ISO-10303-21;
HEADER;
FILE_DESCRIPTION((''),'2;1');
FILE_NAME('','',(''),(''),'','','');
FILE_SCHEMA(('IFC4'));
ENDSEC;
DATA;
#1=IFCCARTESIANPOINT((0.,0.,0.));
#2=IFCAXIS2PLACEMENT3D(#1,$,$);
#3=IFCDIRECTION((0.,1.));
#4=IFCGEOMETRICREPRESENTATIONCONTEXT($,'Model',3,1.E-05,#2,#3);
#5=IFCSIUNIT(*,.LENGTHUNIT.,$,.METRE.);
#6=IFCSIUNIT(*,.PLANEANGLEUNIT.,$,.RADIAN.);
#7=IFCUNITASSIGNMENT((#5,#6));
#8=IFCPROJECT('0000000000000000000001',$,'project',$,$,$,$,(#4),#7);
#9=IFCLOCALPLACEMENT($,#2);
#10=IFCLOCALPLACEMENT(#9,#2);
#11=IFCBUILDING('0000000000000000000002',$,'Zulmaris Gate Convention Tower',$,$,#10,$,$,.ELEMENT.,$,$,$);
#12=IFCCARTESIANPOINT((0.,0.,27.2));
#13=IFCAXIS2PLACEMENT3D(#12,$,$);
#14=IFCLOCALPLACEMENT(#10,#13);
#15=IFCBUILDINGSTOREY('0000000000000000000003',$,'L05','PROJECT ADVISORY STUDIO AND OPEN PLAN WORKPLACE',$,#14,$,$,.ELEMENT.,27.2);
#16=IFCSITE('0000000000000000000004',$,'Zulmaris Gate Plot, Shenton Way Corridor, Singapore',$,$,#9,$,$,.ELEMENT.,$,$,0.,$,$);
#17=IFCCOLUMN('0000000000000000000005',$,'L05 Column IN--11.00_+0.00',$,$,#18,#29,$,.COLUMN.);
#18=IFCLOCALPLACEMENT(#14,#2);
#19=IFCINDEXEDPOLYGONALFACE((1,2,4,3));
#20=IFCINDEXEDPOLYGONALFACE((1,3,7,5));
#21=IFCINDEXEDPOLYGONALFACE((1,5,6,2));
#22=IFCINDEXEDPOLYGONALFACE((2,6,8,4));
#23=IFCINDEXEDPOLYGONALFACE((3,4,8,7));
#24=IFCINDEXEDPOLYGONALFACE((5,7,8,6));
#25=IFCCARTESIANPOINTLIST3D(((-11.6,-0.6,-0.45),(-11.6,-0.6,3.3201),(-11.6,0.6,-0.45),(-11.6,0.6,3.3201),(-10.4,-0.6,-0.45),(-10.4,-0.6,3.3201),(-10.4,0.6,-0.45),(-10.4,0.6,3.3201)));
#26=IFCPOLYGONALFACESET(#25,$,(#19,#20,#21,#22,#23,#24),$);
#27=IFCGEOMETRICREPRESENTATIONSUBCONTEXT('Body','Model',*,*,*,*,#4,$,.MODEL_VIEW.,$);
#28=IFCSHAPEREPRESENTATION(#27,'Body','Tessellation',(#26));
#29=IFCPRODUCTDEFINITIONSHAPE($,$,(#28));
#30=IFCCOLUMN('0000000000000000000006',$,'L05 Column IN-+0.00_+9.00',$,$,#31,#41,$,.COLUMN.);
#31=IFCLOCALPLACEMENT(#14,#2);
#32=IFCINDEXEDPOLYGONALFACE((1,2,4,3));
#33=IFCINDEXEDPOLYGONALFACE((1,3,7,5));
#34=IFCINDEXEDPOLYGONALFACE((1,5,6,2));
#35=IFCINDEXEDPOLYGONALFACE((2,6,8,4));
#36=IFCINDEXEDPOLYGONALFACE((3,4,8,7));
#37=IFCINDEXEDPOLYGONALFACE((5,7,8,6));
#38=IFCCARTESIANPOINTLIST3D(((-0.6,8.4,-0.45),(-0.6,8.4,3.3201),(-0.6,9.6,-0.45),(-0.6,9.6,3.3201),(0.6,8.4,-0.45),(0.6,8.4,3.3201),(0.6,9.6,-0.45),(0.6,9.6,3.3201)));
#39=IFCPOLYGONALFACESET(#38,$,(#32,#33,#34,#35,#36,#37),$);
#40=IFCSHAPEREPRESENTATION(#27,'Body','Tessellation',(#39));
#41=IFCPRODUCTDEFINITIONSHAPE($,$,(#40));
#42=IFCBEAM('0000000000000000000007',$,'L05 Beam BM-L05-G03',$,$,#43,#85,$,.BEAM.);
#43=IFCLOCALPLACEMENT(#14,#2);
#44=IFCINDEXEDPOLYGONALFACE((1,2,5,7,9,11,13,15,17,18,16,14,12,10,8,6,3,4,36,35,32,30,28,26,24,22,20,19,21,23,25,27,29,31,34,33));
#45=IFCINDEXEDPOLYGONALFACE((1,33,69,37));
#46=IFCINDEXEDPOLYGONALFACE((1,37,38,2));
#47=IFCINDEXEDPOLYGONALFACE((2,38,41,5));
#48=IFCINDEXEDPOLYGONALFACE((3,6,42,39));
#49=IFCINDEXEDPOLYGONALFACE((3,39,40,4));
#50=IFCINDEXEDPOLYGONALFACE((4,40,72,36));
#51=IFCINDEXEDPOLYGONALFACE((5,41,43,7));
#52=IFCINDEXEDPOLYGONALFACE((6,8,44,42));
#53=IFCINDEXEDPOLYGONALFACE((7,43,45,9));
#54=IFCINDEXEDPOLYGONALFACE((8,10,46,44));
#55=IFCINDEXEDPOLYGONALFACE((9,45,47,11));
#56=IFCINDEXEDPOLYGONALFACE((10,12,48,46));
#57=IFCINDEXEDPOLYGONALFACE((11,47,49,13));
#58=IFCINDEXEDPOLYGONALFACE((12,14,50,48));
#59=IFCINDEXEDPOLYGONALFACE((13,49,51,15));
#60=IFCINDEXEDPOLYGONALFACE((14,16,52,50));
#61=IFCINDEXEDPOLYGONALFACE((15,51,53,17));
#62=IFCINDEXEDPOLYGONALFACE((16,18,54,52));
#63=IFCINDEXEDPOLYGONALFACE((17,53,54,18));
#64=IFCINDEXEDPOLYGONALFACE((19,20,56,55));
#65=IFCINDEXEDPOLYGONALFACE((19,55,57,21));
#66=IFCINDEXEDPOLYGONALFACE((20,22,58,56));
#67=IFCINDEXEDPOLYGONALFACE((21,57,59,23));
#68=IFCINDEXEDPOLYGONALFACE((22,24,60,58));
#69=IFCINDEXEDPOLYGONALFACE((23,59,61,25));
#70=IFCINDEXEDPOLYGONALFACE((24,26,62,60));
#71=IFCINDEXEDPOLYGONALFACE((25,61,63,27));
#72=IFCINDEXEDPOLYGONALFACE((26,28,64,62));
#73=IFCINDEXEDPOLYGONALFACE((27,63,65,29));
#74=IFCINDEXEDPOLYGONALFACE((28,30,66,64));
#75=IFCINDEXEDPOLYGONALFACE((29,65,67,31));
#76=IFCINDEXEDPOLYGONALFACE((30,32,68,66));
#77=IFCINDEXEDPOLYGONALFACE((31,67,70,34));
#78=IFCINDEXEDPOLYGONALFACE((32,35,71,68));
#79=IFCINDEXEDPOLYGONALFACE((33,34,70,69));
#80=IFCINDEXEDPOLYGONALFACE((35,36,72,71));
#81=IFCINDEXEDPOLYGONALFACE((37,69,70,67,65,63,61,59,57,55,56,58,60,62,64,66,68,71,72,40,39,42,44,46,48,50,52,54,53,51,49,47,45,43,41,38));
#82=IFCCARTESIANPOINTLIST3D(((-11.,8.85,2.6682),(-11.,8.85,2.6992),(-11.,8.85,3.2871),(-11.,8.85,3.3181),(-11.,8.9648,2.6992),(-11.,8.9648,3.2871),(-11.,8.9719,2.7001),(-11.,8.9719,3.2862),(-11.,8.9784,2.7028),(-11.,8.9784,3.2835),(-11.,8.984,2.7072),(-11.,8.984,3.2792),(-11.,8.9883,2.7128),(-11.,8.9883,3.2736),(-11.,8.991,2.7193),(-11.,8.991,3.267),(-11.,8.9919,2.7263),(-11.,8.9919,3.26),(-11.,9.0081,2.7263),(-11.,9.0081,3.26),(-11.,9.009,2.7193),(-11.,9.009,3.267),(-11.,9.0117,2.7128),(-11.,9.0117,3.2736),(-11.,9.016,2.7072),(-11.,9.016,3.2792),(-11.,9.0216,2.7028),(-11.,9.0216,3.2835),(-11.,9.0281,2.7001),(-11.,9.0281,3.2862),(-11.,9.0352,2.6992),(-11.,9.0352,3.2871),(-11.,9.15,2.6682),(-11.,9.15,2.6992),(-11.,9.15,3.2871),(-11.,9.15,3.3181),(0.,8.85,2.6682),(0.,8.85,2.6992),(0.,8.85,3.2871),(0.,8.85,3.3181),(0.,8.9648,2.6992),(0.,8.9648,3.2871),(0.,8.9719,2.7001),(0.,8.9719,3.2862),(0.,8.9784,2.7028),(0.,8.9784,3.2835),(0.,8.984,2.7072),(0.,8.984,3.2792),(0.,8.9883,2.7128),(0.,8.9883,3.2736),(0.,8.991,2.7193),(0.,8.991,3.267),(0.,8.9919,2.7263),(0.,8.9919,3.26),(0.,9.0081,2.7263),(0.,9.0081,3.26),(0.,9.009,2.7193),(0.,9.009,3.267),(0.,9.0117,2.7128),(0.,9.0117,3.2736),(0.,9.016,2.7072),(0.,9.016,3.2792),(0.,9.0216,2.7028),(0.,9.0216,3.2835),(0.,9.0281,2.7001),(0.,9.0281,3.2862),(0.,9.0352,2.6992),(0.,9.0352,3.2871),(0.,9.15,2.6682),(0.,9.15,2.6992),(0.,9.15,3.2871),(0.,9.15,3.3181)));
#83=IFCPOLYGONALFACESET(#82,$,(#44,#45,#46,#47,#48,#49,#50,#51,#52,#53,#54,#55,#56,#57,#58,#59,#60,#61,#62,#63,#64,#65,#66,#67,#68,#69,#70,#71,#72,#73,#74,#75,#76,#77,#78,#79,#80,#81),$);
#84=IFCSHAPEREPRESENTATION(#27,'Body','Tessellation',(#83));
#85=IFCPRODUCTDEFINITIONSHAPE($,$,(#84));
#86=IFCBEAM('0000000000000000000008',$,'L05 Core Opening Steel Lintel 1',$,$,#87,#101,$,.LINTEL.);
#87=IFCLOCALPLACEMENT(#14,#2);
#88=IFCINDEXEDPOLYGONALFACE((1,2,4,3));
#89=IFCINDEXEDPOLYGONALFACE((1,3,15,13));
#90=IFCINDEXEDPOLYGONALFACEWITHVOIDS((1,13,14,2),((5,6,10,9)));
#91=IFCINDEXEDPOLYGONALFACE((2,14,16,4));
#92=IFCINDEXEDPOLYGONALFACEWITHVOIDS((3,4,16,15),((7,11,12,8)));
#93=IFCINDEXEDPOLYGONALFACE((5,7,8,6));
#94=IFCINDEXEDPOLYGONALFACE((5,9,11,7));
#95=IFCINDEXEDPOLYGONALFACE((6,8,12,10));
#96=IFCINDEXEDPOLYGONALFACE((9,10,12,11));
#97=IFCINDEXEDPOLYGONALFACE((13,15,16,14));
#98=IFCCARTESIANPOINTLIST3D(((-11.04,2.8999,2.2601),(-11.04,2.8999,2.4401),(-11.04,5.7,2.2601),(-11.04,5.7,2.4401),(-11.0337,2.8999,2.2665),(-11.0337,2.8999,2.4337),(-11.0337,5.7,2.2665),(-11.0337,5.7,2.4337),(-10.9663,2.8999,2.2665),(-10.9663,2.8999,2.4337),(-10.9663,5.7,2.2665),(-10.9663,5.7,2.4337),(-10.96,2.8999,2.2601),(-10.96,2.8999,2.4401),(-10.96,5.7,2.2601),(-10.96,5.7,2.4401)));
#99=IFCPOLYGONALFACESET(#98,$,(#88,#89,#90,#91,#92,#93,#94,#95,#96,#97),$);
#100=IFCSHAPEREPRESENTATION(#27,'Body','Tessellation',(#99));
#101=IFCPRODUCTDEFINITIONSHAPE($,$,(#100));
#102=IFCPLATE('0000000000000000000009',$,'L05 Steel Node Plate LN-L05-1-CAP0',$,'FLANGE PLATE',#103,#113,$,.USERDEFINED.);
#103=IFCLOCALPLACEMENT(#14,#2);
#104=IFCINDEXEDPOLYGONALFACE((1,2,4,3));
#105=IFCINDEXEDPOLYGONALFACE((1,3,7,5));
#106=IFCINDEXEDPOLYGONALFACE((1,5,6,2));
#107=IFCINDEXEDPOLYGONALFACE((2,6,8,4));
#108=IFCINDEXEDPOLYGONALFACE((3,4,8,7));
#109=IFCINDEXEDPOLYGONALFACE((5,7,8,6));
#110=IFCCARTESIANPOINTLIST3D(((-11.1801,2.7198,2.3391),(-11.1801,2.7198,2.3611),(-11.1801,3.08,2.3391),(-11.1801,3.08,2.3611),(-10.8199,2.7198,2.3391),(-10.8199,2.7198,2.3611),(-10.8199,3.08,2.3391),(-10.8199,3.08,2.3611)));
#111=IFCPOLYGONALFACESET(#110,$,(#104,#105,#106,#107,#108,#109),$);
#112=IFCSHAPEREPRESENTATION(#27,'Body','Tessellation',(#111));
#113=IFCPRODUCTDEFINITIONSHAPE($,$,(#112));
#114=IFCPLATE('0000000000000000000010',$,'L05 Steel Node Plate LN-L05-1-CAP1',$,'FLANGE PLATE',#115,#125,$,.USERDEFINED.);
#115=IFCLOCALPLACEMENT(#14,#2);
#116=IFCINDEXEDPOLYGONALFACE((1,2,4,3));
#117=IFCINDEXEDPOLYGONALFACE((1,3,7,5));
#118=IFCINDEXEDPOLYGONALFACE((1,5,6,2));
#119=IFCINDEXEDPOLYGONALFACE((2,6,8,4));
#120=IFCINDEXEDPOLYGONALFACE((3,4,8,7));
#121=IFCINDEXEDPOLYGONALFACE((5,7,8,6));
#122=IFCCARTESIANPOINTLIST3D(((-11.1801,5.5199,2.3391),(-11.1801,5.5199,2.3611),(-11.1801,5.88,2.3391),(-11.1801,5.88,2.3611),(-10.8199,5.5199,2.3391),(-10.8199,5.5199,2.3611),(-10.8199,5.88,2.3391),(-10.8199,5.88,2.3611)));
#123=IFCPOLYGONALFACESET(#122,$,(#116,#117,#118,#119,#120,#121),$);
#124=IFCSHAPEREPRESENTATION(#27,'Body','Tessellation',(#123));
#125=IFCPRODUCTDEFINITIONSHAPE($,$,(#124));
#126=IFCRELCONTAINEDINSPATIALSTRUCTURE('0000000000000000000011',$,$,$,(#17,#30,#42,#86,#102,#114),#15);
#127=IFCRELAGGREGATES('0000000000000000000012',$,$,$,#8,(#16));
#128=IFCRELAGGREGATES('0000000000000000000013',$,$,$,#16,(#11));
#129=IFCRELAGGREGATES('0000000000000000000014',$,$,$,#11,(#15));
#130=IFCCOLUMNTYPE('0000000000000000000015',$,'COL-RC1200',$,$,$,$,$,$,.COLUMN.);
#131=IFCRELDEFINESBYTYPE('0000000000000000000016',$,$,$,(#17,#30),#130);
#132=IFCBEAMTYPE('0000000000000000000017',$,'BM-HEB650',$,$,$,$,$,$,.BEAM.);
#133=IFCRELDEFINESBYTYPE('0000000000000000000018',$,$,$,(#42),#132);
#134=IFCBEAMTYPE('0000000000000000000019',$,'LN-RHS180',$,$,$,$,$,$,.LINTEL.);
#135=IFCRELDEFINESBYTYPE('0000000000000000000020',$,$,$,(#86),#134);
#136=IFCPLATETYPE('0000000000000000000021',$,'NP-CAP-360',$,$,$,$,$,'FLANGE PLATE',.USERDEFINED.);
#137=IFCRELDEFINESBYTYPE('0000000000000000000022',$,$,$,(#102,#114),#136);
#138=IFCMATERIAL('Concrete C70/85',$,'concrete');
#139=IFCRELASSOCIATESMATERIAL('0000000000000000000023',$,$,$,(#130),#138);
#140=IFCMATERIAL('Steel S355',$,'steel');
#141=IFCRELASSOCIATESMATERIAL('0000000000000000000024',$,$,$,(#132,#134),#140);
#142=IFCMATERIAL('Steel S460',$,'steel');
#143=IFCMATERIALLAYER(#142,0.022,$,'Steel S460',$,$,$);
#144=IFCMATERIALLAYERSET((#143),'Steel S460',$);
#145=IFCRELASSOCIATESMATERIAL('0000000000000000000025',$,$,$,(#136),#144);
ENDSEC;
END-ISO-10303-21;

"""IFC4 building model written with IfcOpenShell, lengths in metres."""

from ifc_helpers import new_model, si_unit, direction, frame, origin, origin_2d, place, context, subcontext, project, spatial, rectangle, hollow_rectangle, i_section, extrude, material, layer, layer_set, material_profile, profile_set, type_object, element, save


model = new_model("IFC4")

# Units and contexts
model_context = context("Model", 3, precision=1e-05, world=origin(), true_north=direction((0.0, 1.0)))
body_context = subcontext(model_context, "Body", "Model", "MODEL_VIEW")
ifc_project = project(units=[si_unit("LENGTHUNIT", "METRE"), si_unit("PLANEANGLEUNIT", "RADIAN")], contexts=[model_context])

# Site, building, storey
site_placement = place(None, origin())
site = spatial("IfcSite", under=ifc_project, at=site_placement, Name="Zulmaris Gate Plot, Shenton Way Corridor, Singapore", CompositionType="ELEMENT", RefElevation=0.0)
building_placement = place(site_placement, origin())
building = spatial("IfcBuilding", under=site, at=building_placement, Name="Zulmaris Gate Convention Tower", CompositionType="ELEMENT")
storey_placement = place(building_placement, frame((0.0, 0.0, 27.2)))
storey = spatial("IfcBuildingStorey", under=building, at=storey_placement, Name="L05", Description="PROJECT ADVISORY STUDIO AND OPEN PLAN WORKPLACE", CompositionType="ELEMENT", Elevation=27.2)

# Columns
ifc_material_1 = material(Name="Concrete C70/85", Category="concrete")
ifc_material_profile_1 = material_profile(ifc_material_1, rectangle(XDim=1.2, YDim=1.2, at=origin_2d()), Name="RC COL 1200x1200")
ifc_profile_set_1 = profile_set([ifc_material_profile_1], Name="Concrete C70/85")
column_type = type_object("IfcColumnType", Name="COL-RC1200", PredefinedType="COLUMN", material=ifc_profile_set_1)
for number, where, z_axis, x_axis, name in (
    (1, (-11.0, 0.0, -0.45), (0.0, 0.0, 1.0), (1.0, 0.0, 0.0), "L05 Column IN--11.00_+0.00"),
    (2, (0.0, 9.0, -0.45), (0.0, 0.0, 1.0), (1.0, 0.0, 0.0), "L05 Column IN-+0.00_+9.00"),
):
    element("IfcColumn", number, at=place(storey_placement, frame(where, z_axis=z_axis, x_axis=x_axis)), inside=storey, type_object=column_type, Name=name, PredefinedType="COLUMN", context=body_context, shape_type="SweptSolid", body=[
        extrude(rectangle(XDim=1.2, YDim=1.2, at=origin_2d()), origin(), (0.0, 0.0, 1.0), 3.77),
    ])

# Beams
ifc_material_2 = material(Name="Steel S355", Category="steel")
ifc_material_profile_2 = material_profile(ifc_material_2, i_section(OverallWidth=0.3, OverallDepth=0.6499, WebThickness=0.0161, FlangeThickness=0.031, FilletRadius=0.0271, at=origin_2d()), Name="HEB 650")
ifc_profile_set_2 = profile_set([ifc_material_profile_2], Name="Steel S355")
beam_type_1 = type_object("IfcBeamType", Name="BM-HEB650", PredefinedType="BEAM", material=ifc_profile_set_2)
beam_1_placement = place(storey_placement, frame((-11.0, 9.0, 2.9932), z_axis=(1.0, 0.0, 0.0), x_axis=(0.0, 1.0, 0.0)))
element("IfcBeam", 3, at=beam_1_placement, inside=storey, type_object=beam_type_1, Name="L05 Beam BM-L05-G03", PredefinedType="BEAM", context=body_context, shape_type="SweptSolid", body=[
    extrude(i_section(OverallWidth=0.3, OverallDepth=0.6499, WebThickness=0.0161, FlangeThickness=0.031, FilletRadius=0.0271, at=origin_2d()), origin(), (0.0, 0.0, 1.0), 11.0),
])
ifc_material_profile_3 = material_profile(ifc_material_2, hollow_rectangle(XDim=0.0801, YDim=0.1799, WallThickness=0.0063, at=origin_2d()), Name="RHS 180x80x6.3")
ifc_profile_set_3 = profile_set([ifc_material_profile_3], Name="Steel S355")
beam_type_2 = type_object("IfcBeamType", Name="LN-RHS180", PredefinedType="LINTEL", material=ifc_profile_set_3)
beam_2_placement = place(storey_placement, frame((-11.0, 2.8999, 2.3501), z_axis=(0.0, 1.0, 0.0), x_axis=(-1.0, 0.0, 0.0)))
element("IfcBeam", 4, at=beam_2_placement, inside=storey, type_object=beam_type_2, Name="L05 Core Opening Steel Lintel 1", PredefinedType="LINTEL", context=body_context, shape_type="SweptSolid", body=[
    extrude(hollow_rectangle(XDim=0.0801, YDim=0.1799, WallThickness=0.0063, at=origin_2d()), origin(), (0.0, 0.0, 1.0), 2.8),
])

# Plates
ifc_material_3 = material(Name="Steel S460", Category="steel")
ifc_layer_1 = layer(ifc_material_3, 0.022, Name="Steel S460")
ifc_layer_set_1 = layer_set([ifc_layer_1], Name="Steel S460")
plate_type = type_object("IfcPlateType", Name="NP-CAP-360", ElementType="FLANGE PLATE", PredefinedType="USERDEFINED", material=ifc_layer_set_1)
for number, where, z_axis, x_axis, name in (
    (5, (-11.0, 2.8999, 2.3391), (0.0, 0.0, 1.0), (1.0, 0.0, 0.0), "L05 Steel Node Plate LN-L05-1-CAP0"),
    (6, (-11.0, 5.7, 2.3391), (0.0, 0.0, 1.0), (1.0, 0.0, 0.0), "L05 Steel Node Plate LN-L05-1-CAP1"),
):
    element("IfcPlate", number, at=place(storey_placement, frame(where, z_axis=z_axis, x_axis=x_axis)), inside=storey, type_object=plate_type, Name=name, ObjectType="FLANGE PLATE", PredefinedType="USERDEFINED", context=body_context, shape_type="SweptSolid", body=[
        extrude(rectangle(XDim=0.3601, YDim=0.3601, at=origin_2d()), origin(), (0.0, 0.0, 1.0), 0.022),
    ])

save(model, "model.ifc")
